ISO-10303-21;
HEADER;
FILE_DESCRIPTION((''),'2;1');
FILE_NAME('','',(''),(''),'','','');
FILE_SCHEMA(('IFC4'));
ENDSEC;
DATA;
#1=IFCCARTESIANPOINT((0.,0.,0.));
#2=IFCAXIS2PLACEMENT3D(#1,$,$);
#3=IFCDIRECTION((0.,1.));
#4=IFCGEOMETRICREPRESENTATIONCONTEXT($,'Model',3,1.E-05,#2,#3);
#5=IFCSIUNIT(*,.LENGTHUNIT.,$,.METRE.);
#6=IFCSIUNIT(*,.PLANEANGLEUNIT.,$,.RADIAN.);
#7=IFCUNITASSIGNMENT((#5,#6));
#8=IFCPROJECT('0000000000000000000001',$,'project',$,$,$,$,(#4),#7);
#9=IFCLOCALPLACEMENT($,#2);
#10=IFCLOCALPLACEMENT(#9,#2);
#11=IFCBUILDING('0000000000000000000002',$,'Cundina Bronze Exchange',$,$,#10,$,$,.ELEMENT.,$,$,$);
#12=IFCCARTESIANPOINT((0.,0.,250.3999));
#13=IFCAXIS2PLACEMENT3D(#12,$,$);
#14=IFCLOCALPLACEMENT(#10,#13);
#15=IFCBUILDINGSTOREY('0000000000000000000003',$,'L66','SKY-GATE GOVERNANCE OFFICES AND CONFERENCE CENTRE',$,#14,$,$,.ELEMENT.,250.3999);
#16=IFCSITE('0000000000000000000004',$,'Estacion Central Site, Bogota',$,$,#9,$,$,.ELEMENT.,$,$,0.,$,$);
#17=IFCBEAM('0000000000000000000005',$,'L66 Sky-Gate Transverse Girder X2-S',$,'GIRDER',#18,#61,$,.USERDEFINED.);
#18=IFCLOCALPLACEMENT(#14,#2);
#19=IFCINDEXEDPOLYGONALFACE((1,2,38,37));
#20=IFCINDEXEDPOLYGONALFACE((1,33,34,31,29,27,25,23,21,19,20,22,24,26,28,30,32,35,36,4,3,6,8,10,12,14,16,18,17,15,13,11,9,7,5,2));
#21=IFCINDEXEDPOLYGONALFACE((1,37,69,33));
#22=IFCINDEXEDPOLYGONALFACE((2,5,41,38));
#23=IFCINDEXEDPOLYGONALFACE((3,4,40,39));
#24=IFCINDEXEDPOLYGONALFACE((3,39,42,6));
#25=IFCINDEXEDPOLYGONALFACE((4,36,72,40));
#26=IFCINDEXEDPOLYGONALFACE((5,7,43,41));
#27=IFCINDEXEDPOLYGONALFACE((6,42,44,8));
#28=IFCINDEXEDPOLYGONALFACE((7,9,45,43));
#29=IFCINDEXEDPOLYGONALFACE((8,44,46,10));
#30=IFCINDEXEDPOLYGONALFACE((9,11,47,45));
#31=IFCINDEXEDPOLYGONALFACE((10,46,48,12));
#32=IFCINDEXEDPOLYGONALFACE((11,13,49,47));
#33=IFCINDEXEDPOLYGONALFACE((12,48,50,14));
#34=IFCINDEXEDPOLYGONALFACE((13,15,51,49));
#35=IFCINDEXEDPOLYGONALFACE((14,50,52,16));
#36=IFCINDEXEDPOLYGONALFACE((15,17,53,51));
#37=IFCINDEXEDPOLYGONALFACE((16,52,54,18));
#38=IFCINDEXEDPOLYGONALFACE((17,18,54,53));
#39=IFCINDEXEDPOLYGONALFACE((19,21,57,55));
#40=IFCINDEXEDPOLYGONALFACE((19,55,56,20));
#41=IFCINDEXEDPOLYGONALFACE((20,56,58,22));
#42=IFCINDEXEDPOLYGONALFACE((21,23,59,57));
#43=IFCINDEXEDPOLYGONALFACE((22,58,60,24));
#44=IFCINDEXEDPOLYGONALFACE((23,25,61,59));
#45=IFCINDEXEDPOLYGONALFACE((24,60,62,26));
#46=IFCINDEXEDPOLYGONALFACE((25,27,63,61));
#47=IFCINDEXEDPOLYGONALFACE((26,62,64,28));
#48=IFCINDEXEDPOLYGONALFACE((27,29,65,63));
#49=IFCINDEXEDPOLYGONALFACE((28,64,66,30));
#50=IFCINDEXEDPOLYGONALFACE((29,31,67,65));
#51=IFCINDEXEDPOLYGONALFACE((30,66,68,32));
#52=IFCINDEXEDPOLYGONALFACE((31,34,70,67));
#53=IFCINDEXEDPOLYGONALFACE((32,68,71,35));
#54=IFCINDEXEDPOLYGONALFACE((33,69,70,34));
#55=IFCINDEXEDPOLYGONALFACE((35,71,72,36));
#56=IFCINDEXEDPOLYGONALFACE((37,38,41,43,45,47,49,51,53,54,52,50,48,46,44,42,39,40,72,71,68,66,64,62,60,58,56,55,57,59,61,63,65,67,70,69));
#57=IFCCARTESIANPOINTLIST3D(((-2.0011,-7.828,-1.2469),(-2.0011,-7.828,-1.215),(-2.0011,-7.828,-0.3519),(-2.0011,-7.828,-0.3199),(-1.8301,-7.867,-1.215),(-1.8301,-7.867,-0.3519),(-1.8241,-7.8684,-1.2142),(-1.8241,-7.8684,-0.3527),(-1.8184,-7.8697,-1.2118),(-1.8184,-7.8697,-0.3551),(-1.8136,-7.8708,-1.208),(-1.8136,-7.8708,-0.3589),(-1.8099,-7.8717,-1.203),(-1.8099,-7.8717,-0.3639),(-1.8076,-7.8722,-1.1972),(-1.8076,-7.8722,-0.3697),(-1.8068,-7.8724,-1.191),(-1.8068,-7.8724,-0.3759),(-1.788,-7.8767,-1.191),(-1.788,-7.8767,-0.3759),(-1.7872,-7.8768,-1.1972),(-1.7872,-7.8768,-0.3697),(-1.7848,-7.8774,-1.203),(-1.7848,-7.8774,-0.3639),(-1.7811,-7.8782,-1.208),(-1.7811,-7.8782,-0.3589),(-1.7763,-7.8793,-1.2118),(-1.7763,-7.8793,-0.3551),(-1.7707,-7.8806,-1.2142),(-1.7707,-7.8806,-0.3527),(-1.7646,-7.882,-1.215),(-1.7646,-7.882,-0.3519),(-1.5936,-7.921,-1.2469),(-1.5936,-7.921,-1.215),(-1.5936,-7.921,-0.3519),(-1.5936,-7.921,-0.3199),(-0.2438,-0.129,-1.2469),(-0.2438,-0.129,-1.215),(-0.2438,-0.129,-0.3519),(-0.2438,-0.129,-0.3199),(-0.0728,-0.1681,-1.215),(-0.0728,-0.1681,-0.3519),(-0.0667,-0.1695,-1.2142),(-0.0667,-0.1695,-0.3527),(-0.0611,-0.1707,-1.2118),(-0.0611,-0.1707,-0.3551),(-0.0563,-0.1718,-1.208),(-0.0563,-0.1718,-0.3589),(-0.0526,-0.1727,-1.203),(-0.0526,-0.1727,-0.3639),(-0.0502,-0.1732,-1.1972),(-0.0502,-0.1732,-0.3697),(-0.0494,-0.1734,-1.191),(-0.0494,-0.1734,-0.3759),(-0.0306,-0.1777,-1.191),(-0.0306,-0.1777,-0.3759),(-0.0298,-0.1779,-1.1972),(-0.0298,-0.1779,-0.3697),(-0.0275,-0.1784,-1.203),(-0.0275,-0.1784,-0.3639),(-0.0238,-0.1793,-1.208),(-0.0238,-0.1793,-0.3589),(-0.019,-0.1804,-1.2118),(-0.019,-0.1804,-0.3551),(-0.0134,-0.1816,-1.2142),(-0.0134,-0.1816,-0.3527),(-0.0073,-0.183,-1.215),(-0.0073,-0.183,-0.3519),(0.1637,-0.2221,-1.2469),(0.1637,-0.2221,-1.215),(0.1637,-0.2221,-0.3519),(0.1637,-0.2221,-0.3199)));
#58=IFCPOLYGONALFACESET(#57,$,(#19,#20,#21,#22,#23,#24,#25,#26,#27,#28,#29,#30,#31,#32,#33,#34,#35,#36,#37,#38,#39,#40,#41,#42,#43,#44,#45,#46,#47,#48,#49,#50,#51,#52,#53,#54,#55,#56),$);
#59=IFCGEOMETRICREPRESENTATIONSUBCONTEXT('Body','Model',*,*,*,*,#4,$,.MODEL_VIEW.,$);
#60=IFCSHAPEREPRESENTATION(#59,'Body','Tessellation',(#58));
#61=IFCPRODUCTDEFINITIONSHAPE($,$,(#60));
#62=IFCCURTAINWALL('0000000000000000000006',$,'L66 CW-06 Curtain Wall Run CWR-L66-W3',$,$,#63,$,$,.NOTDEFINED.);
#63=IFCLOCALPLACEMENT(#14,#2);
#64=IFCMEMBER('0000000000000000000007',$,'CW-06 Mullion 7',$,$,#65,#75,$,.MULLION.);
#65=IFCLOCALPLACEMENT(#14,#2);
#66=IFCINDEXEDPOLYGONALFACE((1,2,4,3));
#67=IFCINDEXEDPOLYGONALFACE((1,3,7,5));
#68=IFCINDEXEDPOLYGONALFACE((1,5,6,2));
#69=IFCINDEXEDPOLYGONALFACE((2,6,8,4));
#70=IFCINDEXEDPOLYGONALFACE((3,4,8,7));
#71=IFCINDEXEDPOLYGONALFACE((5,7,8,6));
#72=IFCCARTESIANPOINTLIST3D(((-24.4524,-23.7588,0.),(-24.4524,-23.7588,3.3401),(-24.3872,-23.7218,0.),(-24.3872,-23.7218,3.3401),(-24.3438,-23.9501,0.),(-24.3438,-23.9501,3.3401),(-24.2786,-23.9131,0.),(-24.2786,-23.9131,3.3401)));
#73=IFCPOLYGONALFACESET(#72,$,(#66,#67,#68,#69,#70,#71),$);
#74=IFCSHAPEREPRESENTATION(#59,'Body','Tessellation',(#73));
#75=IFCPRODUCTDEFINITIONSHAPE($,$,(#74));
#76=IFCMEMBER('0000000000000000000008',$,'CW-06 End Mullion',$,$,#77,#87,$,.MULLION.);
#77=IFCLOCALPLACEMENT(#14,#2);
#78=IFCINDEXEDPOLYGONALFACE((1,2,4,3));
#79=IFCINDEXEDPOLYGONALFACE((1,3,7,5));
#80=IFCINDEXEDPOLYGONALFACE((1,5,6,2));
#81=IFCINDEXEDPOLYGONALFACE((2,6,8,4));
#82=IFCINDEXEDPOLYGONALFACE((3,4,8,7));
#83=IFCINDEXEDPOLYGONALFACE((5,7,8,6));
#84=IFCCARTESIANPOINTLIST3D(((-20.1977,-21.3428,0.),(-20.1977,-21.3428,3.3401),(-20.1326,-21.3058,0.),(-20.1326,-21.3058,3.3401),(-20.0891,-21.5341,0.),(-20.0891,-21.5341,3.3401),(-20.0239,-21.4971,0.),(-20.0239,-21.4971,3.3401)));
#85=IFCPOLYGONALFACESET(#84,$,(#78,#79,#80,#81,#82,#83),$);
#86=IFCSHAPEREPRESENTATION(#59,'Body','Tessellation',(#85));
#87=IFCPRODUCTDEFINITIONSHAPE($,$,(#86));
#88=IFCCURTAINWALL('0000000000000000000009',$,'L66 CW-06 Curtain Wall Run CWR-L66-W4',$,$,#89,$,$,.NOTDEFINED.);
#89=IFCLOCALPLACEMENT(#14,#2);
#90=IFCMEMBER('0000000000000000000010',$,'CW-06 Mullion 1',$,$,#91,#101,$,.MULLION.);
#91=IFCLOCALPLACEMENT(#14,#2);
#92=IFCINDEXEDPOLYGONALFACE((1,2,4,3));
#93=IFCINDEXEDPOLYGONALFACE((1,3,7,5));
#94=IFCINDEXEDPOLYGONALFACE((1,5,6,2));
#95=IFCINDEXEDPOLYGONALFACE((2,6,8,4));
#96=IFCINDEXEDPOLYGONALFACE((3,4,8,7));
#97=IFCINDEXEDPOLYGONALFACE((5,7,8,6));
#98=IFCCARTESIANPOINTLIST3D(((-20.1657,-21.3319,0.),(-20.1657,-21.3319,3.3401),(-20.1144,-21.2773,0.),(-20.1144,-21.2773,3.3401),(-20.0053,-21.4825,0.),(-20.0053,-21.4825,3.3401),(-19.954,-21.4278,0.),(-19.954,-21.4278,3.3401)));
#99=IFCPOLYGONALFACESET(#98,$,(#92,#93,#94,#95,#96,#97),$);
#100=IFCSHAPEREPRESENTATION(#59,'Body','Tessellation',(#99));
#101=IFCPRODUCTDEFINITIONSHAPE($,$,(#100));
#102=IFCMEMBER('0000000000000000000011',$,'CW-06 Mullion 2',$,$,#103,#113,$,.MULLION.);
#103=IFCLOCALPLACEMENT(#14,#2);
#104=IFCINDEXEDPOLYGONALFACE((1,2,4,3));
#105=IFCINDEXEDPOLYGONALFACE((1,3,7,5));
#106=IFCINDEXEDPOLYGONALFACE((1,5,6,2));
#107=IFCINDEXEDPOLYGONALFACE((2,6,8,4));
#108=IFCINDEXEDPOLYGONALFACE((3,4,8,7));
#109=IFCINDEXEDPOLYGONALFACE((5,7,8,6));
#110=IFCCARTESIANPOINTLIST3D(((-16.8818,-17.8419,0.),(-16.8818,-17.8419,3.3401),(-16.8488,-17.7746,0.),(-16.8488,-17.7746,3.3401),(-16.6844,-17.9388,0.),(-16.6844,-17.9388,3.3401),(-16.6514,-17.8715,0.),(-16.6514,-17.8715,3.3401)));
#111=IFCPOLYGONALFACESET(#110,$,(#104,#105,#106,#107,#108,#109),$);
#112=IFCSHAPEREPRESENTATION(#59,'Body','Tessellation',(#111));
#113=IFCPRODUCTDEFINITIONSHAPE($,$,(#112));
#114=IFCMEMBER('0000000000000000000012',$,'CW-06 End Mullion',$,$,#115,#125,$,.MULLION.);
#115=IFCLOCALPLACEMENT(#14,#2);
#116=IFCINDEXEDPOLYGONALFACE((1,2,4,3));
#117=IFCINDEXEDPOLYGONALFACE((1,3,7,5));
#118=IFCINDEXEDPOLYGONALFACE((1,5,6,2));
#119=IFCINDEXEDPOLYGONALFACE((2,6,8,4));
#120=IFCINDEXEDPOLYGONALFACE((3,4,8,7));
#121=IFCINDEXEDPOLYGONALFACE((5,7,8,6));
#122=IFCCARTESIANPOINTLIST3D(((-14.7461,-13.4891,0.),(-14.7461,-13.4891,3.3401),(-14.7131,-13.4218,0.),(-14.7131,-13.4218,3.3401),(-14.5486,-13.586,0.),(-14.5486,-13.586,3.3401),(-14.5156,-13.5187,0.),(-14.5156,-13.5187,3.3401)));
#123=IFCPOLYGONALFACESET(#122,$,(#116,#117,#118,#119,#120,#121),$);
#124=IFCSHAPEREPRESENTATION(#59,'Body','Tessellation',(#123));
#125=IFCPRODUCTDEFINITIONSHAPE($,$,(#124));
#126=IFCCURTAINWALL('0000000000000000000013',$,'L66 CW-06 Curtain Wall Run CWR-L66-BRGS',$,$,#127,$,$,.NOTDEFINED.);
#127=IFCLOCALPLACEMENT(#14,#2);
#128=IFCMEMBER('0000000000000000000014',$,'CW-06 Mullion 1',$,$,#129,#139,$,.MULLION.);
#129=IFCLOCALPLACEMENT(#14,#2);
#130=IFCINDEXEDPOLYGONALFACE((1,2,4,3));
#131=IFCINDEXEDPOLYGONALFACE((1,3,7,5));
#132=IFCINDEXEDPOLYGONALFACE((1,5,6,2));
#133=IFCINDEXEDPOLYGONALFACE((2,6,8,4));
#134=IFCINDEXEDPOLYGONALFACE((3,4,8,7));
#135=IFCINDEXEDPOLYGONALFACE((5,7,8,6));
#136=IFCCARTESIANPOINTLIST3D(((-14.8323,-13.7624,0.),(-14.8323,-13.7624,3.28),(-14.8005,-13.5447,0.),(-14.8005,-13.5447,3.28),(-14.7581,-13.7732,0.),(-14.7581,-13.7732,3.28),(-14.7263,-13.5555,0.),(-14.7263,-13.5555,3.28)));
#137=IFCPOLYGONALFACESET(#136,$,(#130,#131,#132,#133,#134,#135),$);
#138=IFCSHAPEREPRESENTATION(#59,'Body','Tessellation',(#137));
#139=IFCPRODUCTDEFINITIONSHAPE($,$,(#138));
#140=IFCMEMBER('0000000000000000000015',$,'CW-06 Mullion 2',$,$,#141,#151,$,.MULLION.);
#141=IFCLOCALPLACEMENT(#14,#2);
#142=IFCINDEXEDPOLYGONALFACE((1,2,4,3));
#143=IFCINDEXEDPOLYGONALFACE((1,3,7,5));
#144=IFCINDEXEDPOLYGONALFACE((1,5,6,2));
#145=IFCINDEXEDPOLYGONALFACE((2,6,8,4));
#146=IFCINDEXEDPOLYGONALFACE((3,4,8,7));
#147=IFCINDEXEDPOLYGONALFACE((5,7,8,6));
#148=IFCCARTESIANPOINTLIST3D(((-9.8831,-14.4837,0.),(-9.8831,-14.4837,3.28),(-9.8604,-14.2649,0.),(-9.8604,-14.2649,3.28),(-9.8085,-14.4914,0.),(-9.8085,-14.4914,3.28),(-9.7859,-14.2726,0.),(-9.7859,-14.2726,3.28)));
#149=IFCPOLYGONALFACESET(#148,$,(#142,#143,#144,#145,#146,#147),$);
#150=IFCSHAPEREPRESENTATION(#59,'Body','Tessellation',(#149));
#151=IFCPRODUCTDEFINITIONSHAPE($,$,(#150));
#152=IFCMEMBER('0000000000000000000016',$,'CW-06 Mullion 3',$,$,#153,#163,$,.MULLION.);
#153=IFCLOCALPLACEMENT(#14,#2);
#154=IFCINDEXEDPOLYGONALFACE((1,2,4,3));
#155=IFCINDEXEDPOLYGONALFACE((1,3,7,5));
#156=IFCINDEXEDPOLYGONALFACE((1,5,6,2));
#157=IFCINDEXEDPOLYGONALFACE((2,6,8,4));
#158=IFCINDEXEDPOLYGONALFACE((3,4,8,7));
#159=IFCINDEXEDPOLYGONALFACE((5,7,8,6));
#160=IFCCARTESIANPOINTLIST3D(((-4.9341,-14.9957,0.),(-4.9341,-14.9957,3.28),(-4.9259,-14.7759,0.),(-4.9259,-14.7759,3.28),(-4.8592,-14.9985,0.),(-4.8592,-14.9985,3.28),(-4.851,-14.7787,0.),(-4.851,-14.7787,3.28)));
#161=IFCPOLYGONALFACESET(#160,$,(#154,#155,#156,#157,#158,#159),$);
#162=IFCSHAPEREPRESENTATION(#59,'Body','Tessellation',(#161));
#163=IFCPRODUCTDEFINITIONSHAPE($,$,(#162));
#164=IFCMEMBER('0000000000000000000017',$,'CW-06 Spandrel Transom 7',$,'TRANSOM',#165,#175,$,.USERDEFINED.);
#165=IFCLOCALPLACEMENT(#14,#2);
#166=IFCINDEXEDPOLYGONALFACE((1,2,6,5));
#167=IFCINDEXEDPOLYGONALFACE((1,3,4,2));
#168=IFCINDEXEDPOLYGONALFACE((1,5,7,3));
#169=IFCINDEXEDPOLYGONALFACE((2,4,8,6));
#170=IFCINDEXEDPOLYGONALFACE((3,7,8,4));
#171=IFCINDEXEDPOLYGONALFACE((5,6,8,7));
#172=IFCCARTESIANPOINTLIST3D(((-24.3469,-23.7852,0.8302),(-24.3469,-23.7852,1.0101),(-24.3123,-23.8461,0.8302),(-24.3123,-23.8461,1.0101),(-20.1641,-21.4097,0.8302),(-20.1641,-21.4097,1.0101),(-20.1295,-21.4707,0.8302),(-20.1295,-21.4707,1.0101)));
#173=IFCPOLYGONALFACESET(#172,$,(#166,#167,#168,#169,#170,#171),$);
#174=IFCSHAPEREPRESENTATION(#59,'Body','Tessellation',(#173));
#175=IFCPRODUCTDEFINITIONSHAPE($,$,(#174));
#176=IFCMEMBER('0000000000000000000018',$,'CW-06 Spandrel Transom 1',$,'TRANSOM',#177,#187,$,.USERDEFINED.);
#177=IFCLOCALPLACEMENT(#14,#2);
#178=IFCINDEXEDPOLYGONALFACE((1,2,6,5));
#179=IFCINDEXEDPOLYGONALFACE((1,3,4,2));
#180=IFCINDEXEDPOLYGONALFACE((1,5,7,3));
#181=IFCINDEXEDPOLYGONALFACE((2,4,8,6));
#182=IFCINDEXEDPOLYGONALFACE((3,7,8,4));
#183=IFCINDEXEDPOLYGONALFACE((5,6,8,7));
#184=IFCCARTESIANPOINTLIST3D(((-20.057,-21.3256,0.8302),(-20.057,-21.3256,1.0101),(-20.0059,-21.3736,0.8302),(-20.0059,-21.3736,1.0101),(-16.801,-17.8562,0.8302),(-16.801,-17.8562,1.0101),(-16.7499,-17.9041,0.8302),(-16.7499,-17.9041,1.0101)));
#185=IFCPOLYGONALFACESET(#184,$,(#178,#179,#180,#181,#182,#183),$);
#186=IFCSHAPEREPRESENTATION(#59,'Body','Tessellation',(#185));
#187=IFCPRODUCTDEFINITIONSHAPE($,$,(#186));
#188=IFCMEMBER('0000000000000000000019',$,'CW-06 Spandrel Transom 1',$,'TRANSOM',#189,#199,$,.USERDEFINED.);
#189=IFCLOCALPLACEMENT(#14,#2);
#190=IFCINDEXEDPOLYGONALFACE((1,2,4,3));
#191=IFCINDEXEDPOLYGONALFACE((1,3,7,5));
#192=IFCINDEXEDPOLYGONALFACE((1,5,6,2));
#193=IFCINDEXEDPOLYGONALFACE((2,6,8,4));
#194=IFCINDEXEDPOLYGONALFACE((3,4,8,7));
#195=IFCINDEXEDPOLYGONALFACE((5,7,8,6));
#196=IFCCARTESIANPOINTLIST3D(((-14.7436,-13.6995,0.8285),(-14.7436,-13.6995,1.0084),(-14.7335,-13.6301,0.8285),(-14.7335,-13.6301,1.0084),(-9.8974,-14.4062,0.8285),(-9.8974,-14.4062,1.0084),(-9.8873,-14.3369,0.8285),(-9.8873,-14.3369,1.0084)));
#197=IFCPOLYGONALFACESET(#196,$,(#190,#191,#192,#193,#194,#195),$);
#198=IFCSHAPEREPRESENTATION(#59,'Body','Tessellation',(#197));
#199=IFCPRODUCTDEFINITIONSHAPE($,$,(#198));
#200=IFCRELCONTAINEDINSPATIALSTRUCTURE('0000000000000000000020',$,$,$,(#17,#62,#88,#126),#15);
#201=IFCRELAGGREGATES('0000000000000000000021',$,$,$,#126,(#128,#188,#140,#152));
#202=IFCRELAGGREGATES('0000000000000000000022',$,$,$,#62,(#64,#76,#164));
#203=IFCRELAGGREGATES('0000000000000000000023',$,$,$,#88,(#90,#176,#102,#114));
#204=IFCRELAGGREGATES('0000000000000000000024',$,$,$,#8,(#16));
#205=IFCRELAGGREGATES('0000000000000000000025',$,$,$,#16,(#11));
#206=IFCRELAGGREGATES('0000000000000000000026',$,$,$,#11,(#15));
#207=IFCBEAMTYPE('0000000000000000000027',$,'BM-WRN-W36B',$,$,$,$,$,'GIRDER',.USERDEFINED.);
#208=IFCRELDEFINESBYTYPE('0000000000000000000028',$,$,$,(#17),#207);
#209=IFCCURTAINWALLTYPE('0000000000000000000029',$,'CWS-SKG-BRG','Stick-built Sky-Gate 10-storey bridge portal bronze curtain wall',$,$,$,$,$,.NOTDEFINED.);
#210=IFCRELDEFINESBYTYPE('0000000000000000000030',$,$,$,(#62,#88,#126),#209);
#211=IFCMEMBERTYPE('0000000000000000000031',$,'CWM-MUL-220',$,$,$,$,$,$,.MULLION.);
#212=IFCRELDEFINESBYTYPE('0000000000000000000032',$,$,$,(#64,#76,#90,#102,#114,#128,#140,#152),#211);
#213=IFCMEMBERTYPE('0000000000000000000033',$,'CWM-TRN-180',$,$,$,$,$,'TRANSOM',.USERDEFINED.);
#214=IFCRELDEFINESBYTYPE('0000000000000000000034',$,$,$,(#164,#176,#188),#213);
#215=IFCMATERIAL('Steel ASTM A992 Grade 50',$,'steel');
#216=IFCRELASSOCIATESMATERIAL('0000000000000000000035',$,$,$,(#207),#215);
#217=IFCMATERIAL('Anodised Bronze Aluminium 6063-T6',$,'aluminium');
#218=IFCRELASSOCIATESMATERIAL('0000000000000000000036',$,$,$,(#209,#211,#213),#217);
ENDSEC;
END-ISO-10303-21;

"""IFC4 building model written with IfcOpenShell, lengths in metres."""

from ifc_helpers import new_model, si_unit, direction, frame, origin, origin_2d, place, context, subcontext, project, spatial, rectangle, i_section, extrude, material, material_profile, profile_set, type_object, element, aggregate, save


model = new_model("IFC4")

# Units and contexts
model_context = context("Model", 3, precision=1e-05, world=origin(), true_north=direction((0.0, 1.0)))
body_context = subcontext(model_context, "Body", "Model", "MODEL_VIEW")
ifc_project = project(units=[si_unit("LENGTHUNIT", "METRE"), si_unit("PLANEANGLEUNIT", "RADIAN")], contexts=[model_context])

# Site, building, storey
site_placement = place(None, origin())
site = spatial("IfcSite", under=ifc_project, at=site_placement, Name="Estacion Central Site, Bogota", CompositionType="ELEMENT", RefElevation=0.0)
building_placement = place(site_placement, origin())
building = spatial("IfcBuilding", under=site, at=building_placement, Name="Cundina Bronze Exchange", CompositionType="ELEMENT")
storey_placement = place(building_placement, frame((0.0, 0.0, 250.3999)))
storey = spatial("IfcBuildingStorey", under=building, at=storey_placement, Name="L66", Description="SKY-GATE GOVERNANCE OFFICES AND CONFERENCE CENTRE", CompositionType="ELEMENT", Elevation=250.3999)

# Beam
ifc_material_1 = material(Name="Steel ASTM A992 Grade 50", Category="steel")
ifc_material_profile_1 = material_profile(ifc_material_1, i_section(OverallWidth=0.418, OverallDepth=0.927, WebThickness=0.0193, FlangeThickness=0.032, FilletRadius=0.0239, at=origin_2d()), Name="W36X231", Category="steel")
ifc_profile_set_1 = profile_set([ifc_material_profile_1], Name="Steel ASTM A992 Grade 50")
beam_type_1 = type_object("IfcBeamType", Name="BM-WRN-W36B", ElementType="GIRDER", PredefinedType="USERDEFINED", material=ifc_profile_set_1)
beam_1_placement = place(storey_placement, frame((-1.7974, -7.8745, -0.7834), z_axis=(0.222531, 0.974926, 0.0), x_axis=(-0.974926, 0.222531, 0.0)))
element("IfcBeam", 1, at=beam_1_placement, inside=storey, type_object=beam_type_1, Name="L66 Sky-Gate Transverse Girder X2-S", ObjectType="GIRDER", PredefinedType="USERDEFINED", context=body_context, shape_type="SweptSolid", body=[
    extrude(i_section(OverallWidth=0.418, OverallDepth=0.927, WebThickness=0.0193, FlangeThickness=0.032, FilletRadius=0.0239, at=origin_2d()), origin(), (0.0, 0.0, 1.0), 7.897),
])

# Curtain walls, members
ifc_material_2 = material(Name="Anodised Bronze Aluminium 6063-T6", Category="aluminium")
curtain_wall_type = type_object("IfcCurtainWallType", Name="CWS-SKG-BRG", Description="Stick-built Sky-Gate 10-storey bridge portal bronze curtain wall", PredefinedType="NOTDEFINED", material=ifc_material_2)
curtain_wall_1_placement = place(storey_placement, origin())
curtain_wall_1 = element("IfcCurtainWall", 2, at=curtain_wall_1_placement, inside=storey, type_object=curtain_wall_type, Name="L66 CW-06 Curtain Wall Run CWR-L66-W3", PredefinedType="NOTDEFINED")
ifc_material_profile_2 = material_profile(ifc_material_2, rectangle(XDim=0.075, YDim=0.22, at=origin_2d()), Name="AL75X220", Category="aluminium")
ifc_profile_set_2 = profile_set([ifc_material_profile_2], Name="Anodised Bronze Aluminium 6063-T6")
member_type_1 = type_object("IfcMemberType", Name="CWM-MUL-220", PredefinedType="MULLION", material=ifc_profile_set_2)
member_1_placement = place(storey_placement, frame((-24.3655, -23.8359, 0.0), z_axis=(0.0, 0.0, 1.0), x_axis=(0.869581, 0.49379, 0.0)))
member_1 = element("IfcMember", 3, at=member_1_placement, type_object=member_type_1, Name="CW-06 Mullion 7", PredefinedType="MULLION", context=body_context, shape_type="SweptSolid", body=[
    extrude(rectangle(XDim=0.075, YDim=0.22, at=origin_2d()), origin(), (0.0, 0.0, 1.0), 3.3401),
])
member_2_placement = place(storey_placement, frame((-20.1108, -21.4199, 0.0), z_axis=(0.0, 0.0, 1.0), x_axis=(0.869581, 0.49379, 0.0)))
member_2 = element("IfcMember", 4, at=member_2_placement, type_object=member_type_1, Name="CW-06 End Mullion", PredefinedType="MULLION", context=body_context, shape_type="SweptSolid", body=[
    extrude(rectangle(XDim=0.075, YDim=0.22, at=origin_2d()), origin(), (0.0, 0.0, 1.0), 3.3401),
])
curtain_wall_2_placement = place(storey_placement, origin())
curtain_wall_2 = element("IfcCurtainWall", 5, at=curtain_wall_2_placement, inside=storey, type_object=curtain_wall_type, Name="L66 CW-06 Curtain Wall Run CWR-L66-W4", PredefinedType="NOTDEFINED")
member_3_placement = place(storey_placement, frame((-20.0598, -21.3799, 0.0), z_axis=(0.0, 0.0, 1.0), x_axis=(0.684293, 0.729208, 0.0)))
member_3 = element("IfcMember", 6, at=member_3_placement, type_object=member_type_1, Name="CW-06 Mullion 1", PredefinedType="MULLION", context=body_context, shape_type="SweptSolid", body=[
    extrude(rectangle(XDim=0.075, YDim=0.22, at=origin_2d()), origin(), (0.0, 0.0, 1.0), 3.3401),
])
member_4_placement = place(storey_placement, frame((-16.7666, -17.8567, 0.0), z_axis=(0.0, 0.0, 1.0), x_axis=(0.440566, 0.89772, 0.0)))
member_4 = element("IfcMember", 7, at=member_4_placement, type_object=member_type_1, Name="CW-06 Mullion 2", PredefinedType="MULLION", context=body_context, shape_type="SweptSolid", body=[
    extrude(rectangle(XDim=0.075, YDim=0.22, at=origin_2d()), origin(), (0.0, 0.0, 1.0), 3.3401),
])
member_5_placement = place(storey_placement, frame((-14.6309, -13.5039, 0.0), z_axis=(0.0, 0.0, 1.0), x_axis=(0.440566, 0.89772, 0.0)))
member_5 = element("IfcMember", 8, at=member_5_placement, type_object=member_type_1, Name="CW-06 End Mullion", PredefinedType="MULLION", context=body_context, shape_type="SweptSolid", body=[
    extrude(rectangle(XDim=0.075, YDim=0.22, at=origin_2d()), origin(), (0.0, 0.0, 1.0), 3.3401),
])
curtain_wall_3_placement = place(storey_placement, origin())
curtain_wall_3 = element("IfcCurtainWall", 9, at=curtain_wall_3_placement, inside=storey, type_object=curtain_wall_type, Name="L66 CW-06 Curtain Wall Run CWR-L66-BRGS", PredefinedType="NOTDEFINED")
member_6_placement = place(storey_placement, frame((-14.7793, -13.6589, 0.0), z_axis=(0.0, 0.0, 1.0), x_axis=(0.989526, -0.144356, 0.0)))
member_6 = element("IfcMember", 10, at=member_6_placement, type_object=member_type_1, Name="CW-06 Mullion 1", PredefinedType="MULLION", context=body_context, shape_type="SweptSolid", body=[
    extrude(rectangle(XDim=0.075, YDim=0.22, at=origin_2d()), origin(), (0.0, 0.0, 1.0), 3.28),
])
member_7_placement = place(storey_placement, frame((-9.8345, -14.3782, 0.0), z_axis=(0.0, 0.0, 1.0), x_axis=(0.994667, -0.10314, 0.0)))
member_7 = element("IfcMember", 11, at=member_7_placement, type_object=member_type_1, Name="CW-06 Mullion 2", PredefinedType="MULLION", context=body_context, shape_type="SweptSolid", body=[
    extrude(rectangle(XDim=0.075, YDim=0.22, at=origin_2d()), origin(), (0.0, 0.0, 1.0), 3.28),
])
member_8_placement = place(storey_placement, frame((-4.8926, -14.8872, 0.0), z_axis=(0.0, 0.0, 1.0), x_axis=(0.999303, -0.037341, 0.0)))
member_8 = element("IfcMember", 12, at=member_8_placement, type_object=member_type_1, Name="CW-06 Mullion 3", PredefinedType="MULLION", context=body_context, shape_type="SweptSolid", body=[
    extrude(rectangle(XDim=0.075, YDim=0.22, at=origin_2d()), origin(), (0.0, 0.0, 1.0), 3.28),
])

# Members
ifc_material_profile_3 = material_profile(ifc_material_2, rectangle(XDim=0.0701, YDim=0.1799, at=origin_2d()), Name="AL70X180", Category="aluminium")
ifc_profile_set_3 = profile_set([ifc_material_profile_3], Name="Anodised Bronze Aluminium 6063-T6")
member_type_2 = type_object("IfcMemberType", Name="CWM-TRN-180", ElementType="TRANSOM", PredefinedType="USERDEFINED", material=ifc_profile_set_3)
member_9_placement = place(storey_placement, frame((-24.3296, -23.8157, 0.9202), z_axis=(0.869558, 0.493831, 0.0), x_axis=(-0.493831, 0.869558, 0.0)))
member_9 = element("IfcMember", 13, at=member_9_placement, type_object=member_type_2, Name="CW-06 Spandrel Transom 7", ObjectType="TRANSOM", PredefinedType="USERDEFINED", context=body_context, shape_type="SweptSolid", body=[
    extrude(rectangle(XDim=0.0701, YDim=0.1799, at=origin_2d()), origin(), (0.0, 0.0, 1.0), 4.8103),
])
member_10_placement = place(storey_placement, frame((-20.0315, -21.3496, 0.9202), z_axis=(0.684328, 0.729174, 0.0), x_axis=(-0.729174, 0.684328, 0.0)))
member_10 = element("IfcMember", 14, at=member_10_placement, type_object=member_type_2, Name="CW-06 Spandrel Transom 1", ObjectType="TRANSOM", PredefinedType="USERDEFINED", context=body_context, shape_type="SweptSolid", body=[
    extrude(rectangle(XDim=0.0701, YDim=0.1799, at=origin_2d()), origin(), (0.0, 0.0, 1.0), 4.7581),
])
member_11_placement = place(storey_placement, frame((-14.7385, -13.6648, 0.9185), z_axis=(0.989531, -0.144317, 0.0), x_axis=(0.144317, 0.989531, 0.0)))
member_11 = element("IfcMember", 15, at=member_11_placement, type_object=member_type_2, Name="CW-06 Spandrel Transom 1", ObjectType="TRANSOM", PredefinedType="USERDEFINED", context=body_context, shape_type="SweptSolid", body=[
    extrude(rectangle(XDim=0.0701, YDim=0.1799, at=origin_2d()), origin(), (0.0, 0.0, 1.0), 4.8975),
])

aggregate(curtain_wall_3, [member_6, member_11, member_7, member_8])
aggregate(curtain_wall_1, [member_1, member_2, member_9])
aggregate(curtain_wall_2, [member_3, member_10, member_4, member_5])

save(model, "model.ifc")
